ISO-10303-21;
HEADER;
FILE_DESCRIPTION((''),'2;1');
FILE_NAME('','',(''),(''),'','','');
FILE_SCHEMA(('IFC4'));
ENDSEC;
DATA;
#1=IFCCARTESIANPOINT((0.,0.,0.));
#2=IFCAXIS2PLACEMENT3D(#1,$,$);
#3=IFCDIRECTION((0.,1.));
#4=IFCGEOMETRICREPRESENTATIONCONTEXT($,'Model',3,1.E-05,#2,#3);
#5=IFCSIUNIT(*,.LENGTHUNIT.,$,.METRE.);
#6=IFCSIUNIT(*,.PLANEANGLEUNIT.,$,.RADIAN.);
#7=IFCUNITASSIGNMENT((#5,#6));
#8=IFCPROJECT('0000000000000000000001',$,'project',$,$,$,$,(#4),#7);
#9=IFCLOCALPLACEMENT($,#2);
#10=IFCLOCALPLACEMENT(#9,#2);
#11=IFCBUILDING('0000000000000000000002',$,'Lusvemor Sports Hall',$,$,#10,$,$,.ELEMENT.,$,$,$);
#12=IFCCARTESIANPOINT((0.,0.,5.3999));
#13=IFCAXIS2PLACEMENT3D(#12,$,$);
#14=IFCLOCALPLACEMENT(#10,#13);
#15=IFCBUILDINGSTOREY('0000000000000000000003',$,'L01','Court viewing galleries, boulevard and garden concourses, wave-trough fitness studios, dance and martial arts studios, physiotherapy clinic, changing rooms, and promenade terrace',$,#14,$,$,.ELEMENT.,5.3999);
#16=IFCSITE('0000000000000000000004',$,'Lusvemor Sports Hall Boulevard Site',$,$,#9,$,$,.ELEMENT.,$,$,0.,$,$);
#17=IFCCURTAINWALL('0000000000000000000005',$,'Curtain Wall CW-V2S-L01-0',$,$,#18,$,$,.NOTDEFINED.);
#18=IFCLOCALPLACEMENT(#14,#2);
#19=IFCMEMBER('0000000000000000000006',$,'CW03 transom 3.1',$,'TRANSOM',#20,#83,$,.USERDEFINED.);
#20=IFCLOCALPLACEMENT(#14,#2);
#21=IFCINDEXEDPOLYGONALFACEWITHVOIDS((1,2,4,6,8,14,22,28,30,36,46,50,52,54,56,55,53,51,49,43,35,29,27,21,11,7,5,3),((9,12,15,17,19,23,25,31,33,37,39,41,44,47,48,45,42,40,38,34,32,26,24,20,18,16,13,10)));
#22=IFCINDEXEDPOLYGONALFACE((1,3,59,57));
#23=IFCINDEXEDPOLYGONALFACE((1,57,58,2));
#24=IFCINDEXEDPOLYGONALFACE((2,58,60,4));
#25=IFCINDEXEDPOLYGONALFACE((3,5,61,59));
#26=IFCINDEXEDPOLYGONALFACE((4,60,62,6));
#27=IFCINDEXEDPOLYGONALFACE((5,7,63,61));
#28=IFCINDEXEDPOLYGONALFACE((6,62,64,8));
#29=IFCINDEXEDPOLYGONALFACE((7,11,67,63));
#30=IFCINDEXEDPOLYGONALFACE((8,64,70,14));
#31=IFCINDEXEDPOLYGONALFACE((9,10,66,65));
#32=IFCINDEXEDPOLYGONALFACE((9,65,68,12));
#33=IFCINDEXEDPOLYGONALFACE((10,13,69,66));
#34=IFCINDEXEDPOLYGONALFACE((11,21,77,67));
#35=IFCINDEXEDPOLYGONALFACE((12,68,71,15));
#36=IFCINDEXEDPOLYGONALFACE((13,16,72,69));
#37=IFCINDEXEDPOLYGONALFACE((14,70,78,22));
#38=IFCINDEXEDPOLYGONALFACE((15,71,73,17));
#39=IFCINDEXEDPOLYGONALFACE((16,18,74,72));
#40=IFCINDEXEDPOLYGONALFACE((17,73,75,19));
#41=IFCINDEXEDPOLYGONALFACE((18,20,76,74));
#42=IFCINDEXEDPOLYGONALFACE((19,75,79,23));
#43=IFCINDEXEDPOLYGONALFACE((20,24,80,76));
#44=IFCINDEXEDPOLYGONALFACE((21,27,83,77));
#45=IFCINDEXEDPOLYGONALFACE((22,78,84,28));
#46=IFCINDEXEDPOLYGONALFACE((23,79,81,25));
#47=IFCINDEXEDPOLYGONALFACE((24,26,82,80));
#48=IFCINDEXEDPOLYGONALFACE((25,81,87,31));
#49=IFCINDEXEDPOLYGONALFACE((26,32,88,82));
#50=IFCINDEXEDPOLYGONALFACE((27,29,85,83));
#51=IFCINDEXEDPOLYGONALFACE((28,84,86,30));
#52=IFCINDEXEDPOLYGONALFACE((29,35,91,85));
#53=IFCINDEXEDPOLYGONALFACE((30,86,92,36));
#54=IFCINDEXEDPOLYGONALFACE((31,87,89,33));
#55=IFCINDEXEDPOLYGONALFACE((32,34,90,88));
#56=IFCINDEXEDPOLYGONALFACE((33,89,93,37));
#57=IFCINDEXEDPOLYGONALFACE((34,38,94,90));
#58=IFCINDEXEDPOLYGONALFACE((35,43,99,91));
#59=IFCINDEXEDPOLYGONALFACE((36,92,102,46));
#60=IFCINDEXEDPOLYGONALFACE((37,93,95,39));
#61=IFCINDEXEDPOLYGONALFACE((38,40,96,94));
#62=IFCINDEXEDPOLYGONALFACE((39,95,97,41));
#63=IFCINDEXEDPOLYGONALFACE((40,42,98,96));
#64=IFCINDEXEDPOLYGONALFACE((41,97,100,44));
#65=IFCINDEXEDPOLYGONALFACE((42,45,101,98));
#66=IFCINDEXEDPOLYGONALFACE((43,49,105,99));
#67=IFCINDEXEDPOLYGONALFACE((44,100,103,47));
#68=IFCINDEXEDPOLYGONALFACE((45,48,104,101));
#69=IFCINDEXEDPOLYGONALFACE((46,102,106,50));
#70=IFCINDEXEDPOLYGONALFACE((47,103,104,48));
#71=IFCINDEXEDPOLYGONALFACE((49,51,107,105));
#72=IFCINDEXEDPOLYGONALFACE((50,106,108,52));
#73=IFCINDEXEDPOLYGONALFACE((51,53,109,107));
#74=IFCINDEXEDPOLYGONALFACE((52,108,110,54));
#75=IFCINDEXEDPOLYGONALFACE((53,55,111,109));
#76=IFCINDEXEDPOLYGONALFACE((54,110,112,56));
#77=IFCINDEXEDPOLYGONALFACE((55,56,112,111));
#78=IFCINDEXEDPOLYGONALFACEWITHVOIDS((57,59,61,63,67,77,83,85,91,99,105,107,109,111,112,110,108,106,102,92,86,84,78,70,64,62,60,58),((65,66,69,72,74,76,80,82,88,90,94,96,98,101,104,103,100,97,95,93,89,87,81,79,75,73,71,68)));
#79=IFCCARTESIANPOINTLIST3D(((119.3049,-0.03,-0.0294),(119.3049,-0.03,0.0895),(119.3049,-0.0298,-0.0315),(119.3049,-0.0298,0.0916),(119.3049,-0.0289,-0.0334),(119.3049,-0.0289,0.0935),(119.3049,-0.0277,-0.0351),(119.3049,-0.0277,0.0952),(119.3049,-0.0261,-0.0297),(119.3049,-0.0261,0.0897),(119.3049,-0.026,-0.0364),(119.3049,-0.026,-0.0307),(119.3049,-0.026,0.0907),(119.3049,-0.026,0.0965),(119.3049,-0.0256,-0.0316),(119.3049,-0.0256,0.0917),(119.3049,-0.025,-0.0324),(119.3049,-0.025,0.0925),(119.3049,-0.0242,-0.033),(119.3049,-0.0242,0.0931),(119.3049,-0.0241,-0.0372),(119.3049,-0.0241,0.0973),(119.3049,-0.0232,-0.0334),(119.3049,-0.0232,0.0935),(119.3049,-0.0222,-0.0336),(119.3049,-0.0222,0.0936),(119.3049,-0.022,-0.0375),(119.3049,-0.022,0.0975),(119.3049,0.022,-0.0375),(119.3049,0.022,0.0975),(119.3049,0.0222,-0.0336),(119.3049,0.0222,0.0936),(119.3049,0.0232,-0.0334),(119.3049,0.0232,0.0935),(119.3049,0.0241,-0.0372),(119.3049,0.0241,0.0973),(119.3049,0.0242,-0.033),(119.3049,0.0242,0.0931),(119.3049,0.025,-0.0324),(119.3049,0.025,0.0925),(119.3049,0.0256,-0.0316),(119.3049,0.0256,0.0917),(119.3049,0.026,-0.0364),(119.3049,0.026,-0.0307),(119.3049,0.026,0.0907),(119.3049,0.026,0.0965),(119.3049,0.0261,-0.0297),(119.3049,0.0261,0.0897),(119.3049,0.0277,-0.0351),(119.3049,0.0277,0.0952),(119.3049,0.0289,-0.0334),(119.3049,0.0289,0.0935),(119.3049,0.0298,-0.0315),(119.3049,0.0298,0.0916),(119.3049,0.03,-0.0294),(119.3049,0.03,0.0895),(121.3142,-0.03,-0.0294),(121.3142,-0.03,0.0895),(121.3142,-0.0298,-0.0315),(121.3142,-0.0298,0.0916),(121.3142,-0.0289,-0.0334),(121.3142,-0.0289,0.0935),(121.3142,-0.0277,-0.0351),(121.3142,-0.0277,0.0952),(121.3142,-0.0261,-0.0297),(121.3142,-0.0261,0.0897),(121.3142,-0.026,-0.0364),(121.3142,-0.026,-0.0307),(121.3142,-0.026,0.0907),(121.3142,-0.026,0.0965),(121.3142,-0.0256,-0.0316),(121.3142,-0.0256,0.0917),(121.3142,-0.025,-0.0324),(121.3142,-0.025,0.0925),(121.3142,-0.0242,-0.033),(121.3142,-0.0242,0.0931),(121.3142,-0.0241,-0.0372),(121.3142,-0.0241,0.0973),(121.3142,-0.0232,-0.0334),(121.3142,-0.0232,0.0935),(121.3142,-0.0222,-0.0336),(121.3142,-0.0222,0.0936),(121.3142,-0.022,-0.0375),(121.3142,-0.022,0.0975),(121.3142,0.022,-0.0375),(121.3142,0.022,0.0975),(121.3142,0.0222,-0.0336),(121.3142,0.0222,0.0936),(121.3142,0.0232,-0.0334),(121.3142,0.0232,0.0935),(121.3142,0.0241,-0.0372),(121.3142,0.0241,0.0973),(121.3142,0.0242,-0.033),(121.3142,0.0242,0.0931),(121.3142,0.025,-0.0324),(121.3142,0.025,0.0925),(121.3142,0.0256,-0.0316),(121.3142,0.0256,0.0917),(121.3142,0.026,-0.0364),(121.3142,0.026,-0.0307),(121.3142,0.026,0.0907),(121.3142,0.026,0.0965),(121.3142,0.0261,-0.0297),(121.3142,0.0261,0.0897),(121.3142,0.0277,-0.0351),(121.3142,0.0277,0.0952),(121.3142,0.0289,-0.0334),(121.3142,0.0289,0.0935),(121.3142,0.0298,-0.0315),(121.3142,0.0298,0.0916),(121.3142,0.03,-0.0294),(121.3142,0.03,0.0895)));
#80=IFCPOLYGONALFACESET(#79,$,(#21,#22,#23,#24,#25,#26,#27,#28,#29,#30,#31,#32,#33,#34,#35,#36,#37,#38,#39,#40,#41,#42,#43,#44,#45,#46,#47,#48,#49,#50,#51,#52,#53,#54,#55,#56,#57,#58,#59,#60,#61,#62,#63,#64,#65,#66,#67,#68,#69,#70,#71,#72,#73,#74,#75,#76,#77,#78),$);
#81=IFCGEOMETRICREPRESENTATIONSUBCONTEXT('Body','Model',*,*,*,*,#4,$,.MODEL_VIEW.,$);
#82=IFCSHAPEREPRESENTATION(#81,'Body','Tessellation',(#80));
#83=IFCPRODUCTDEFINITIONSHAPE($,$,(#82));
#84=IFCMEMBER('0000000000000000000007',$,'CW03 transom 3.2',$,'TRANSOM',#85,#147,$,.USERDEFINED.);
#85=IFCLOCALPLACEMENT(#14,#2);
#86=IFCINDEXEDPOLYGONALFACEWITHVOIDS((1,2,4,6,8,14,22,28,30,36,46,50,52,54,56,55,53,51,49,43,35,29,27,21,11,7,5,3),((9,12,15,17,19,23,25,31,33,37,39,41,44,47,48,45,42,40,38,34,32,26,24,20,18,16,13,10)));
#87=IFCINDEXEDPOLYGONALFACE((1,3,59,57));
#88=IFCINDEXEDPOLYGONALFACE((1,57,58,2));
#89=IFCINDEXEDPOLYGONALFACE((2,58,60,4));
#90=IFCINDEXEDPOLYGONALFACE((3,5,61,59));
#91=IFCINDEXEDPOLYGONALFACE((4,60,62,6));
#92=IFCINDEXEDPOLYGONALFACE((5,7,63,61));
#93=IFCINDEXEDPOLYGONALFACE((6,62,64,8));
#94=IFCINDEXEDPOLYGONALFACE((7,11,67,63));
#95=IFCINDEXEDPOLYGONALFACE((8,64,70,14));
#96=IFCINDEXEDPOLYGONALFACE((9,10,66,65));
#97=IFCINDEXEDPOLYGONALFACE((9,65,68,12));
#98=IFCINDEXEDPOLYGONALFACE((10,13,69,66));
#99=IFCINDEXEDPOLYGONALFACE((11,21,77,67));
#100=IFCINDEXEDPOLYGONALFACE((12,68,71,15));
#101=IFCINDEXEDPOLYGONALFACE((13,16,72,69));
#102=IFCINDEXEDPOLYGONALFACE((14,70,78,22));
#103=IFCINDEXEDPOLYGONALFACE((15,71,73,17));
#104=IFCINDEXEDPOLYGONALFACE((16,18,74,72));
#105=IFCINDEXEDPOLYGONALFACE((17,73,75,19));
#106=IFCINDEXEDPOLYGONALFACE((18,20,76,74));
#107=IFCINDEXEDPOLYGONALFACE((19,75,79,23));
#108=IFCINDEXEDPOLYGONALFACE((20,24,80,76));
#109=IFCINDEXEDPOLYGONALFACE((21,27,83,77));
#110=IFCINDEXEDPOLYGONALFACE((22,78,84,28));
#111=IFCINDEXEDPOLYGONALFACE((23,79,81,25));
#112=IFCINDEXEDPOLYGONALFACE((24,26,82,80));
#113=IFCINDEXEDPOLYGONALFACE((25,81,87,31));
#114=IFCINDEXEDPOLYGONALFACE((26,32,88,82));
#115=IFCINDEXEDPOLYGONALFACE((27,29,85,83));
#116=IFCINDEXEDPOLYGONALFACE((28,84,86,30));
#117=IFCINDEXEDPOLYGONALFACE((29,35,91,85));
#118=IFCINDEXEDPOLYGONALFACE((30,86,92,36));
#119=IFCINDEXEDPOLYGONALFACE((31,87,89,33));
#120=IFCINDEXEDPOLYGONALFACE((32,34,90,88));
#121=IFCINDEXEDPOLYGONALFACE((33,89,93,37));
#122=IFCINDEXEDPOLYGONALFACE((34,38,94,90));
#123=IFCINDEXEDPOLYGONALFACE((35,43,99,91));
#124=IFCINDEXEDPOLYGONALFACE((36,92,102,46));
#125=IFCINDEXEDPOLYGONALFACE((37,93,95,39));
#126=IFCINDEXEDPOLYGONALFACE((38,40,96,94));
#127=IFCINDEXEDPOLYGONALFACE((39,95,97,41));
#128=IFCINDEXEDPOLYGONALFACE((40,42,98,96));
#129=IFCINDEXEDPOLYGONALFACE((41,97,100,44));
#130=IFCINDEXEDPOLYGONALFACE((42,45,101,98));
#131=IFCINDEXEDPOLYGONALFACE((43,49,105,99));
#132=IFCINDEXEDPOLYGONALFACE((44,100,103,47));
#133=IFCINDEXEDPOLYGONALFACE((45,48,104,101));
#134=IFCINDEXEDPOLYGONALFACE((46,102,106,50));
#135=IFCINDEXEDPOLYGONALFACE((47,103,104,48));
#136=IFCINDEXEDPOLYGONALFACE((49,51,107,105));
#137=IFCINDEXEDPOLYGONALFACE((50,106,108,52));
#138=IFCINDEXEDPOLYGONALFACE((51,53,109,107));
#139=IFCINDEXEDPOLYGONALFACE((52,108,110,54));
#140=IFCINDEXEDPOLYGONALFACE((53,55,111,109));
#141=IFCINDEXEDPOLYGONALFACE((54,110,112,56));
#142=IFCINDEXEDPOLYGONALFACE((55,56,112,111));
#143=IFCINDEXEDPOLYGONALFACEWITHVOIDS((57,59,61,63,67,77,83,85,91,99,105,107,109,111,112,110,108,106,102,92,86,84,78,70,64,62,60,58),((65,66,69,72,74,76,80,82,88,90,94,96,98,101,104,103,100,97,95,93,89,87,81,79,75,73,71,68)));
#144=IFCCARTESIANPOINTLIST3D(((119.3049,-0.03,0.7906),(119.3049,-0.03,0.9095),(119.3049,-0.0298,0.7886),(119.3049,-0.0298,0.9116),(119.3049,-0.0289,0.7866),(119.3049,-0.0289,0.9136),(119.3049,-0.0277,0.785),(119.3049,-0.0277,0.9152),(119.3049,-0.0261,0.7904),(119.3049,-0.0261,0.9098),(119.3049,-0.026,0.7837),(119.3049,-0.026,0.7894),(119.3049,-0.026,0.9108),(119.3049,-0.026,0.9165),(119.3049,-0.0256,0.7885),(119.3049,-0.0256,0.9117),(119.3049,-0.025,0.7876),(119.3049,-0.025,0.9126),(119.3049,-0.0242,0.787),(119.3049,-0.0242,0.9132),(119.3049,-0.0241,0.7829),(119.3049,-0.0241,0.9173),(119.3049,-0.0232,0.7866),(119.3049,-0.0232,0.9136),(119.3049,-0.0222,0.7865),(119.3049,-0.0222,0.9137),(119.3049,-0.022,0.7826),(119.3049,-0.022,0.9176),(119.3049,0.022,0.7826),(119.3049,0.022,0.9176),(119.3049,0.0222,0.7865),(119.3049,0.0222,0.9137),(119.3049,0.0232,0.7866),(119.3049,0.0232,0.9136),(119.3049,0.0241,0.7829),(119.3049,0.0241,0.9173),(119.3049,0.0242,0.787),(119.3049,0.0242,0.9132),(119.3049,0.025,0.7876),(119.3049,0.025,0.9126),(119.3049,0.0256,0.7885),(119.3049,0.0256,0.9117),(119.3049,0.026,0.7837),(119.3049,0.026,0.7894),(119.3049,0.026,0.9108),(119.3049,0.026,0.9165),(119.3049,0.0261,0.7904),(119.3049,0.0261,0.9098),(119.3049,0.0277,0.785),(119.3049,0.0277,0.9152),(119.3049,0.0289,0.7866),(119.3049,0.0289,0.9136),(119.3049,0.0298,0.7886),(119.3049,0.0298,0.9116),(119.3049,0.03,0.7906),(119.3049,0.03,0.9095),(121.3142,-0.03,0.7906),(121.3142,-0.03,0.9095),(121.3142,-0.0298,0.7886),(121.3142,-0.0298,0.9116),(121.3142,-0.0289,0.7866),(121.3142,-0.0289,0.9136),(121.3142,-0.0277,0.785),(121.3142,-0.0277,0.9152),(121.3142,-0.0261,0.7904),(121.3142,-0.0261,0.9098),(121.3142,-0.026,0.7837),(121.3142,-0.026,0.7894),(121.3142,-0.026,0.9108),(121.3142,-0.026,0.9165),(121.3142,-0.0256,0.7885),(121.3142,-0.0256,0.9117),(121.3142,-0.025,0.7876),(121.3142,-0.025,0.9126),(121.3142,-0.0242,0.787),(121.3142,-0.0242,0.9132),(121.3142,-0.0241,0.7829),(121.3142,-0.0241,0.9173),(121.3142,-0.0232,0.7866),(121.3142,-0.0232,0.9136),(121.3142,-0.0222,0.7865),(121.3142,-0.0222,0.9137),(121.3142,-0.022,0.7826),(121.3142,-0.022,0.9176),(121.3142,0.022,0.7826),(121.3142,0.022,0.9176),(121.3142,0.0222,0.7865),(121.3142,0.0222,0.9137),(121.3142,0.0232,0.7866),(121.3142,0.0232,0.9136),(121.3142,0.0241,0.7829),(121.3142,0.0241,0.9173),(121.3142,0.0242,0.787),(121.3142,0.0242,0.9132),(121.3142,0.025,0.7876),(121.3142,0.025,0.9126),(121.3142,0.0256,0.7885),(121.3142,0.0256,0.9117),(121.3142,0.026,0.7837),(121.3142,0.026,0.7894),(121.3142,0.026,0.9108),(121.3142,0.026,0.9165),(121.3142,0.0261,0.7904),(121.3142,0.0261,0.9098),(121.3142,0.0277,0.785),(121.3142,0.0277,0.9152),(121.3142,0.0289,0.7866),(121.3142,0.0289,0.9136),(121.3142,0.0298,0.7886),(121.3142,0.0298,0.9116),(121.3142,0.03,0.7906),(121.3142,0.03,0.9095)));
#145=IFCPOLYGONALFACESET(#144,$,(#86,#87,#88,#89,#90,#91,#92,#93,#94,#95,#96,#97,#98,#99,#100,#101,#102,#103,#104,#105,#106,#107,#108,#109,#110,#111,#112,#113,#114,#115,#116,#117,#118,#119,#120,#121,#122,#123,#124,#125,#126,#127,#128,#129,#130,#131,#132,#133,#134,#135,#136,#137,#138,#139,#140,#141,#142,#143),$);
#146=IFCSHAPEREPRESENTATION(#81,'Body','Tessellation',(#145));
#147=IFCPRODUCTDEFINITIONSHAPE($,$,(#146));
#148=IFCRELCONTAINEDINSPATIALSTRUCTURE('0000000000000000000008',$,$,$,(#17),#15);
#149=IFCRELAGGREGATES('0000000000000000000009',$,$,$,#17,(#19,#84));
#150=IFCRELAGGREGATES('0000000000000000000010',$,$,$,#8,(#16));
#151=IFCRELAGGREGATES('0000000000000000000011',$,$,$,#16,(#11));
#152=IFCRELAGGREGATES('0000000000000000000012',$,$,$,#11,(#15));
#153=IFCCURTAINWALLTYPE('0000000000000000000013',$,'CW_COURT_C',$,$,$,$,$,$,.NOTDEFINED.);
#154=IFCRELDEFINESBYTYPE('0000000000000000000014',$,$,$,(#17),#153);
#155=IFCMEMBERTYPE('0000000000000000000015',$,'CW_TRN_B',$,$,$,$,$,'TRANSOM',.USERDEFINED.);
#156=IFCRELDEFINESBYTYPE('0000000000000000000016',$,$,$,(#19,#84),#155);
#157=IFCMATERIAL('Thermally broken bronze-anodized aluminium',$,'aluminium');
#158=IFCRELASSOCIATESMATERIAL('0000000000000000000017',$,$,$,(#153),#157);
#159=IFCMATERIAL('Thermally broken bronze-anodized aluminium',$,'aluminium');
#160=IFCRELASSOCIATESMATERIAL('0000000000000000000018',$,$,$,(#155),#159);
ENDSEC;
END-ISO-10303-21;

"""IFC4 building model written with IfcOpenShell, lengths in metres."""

from ifc_helpers import new_model, si_unit, direction, frame, origin, origin_2d, place, context, subcontext, project, spatial, hollow_rectangle, extrude, material, material_profile, profile_set, type_object, element, aggregate, save


model = new_model("IFC4")

# Units and contexts
model_context = context("Model", 3, precision=1e-05, world=origin(), true_north=direction((0.0, 1.0)))
body_context = subcontext(model_context, "Body", "Model", "MODEL_VIEW")
ifc_project = project(units=[si_unit("LENGTHUNIT", "METRE"), si_unit("PLANEANGLEUNIT", "RADIAN")], contexts=[model_context])

# Site, building, storey
site_placement = place(None, origin())
site = spatial("IfcSite", under=ifc_project, at=site_placement, Name="Lusvemor Sports Hall Boulevard Site", CompositionType="ELEMENT", RefElevation=0.0)
building_placement = place(site_placement, origin())
building = spatial("IfcBuilding", under=site, at=building_placement, Name="Lusvemor Sports Hall", CompositionType="ELEMENT")
storey_placement = place(building_placement, frame((0.0, 0.0, 5.3999)))
storey = spatial("IfcBuildingStorey", under=building, at=storey_placement, Name="L01", Description="Court viewing galleries, boulevard and garden concourses, wave-trough fitness studios, dance and martial arts studios, physiotherapy clinic, changing rooms, and promenade terrace", CompositionType="ELEMENT", Elevation=5.3999)

# Curtain wall, members
ifc_material_1 = material(Name="Thermally broken bronze-anodized aluminium", Category="aluminium")
curtain_wall_type = type_object("IfcCurtainWallType", Name="CW_COURT_C", PredefinedType="NOTDEFINED", material=ifc_material_1)
curtain_wall_placement = place(storey_placement, origin())
curtain_wall = element("IfcCurtainWall", 1, at=curtain_wall_placement, inside=storey, type_object=curtain_wall_type, Name="Curtain Wall CW-V2S-L01-0", PredefinedType="NOTDEFINED")
ifc_material_2 = material(Name="Thermally broken bronze-anodized aluminium", Category="aluminium")
ifc_material_profile_1 = material_profile(ifc_material_2, hollow_rectangle(XDim=0.0601, YDim=0.135, WallThickness=0.0039, InnerFilletRadius=0.0039, OuterFilletRadius=0.0081, at=origin_2d()), Name="CWTRN135x60x4")
ifc_profile_set_1 = profile_set([ifc_material_profile_1], Name="Thermally broken bronze-anodized aluminium")
member_type_1 = type_object("IfcMemberType", Name="CW_TRN_B", ElementType="TRANSOM", PredefinedType="USERDEFINED", material=ifc_profile_set_1)
member_1_placement = place(storey_placement, frame((121.3142, 0.0, 0.03), z_axis=(-1.0, 0.0, 0.0), x_axis=(0.0, -1.0, 0.0)))
member_1 = element("IfcMember", 2, at=member_1_placement, type_object=member_type_1, Name="CW03 transom 3.1", ObjectType="TRANSOM", PredefinedType="USERDEFINED", context=body_context, shape_type="SweptSolid", body=[
    extrude(hollow_rectangle(XDim=0.0601, YDim=0.135, WallThickness=0.0039, InnerFilletRadius=0.0039, OuterFilletRadius=0.0081, at=origin_2d()), origin(), (0.0, 0.0, 1.0), 2.0093),
])
member_2_placement = place(storey_placement, frame((121.3142, 0.0, 0.8501), z_axis=(-1.0, 0.0, 0.0), x_axis=(0.0, -1.0, 0.0)))
member_2 = element("IfcMember", 3, at=member_2_placement, type_object=member_type_1, Name="CW03 transom 3.2", ObjectType="TRANSOM", PredefinedType="USERDEFINED", context=body_context, shape_type="SweptSolid", body=[
    extrude(hollow_rectangle(XDim=0.0601, YDim=0.135, WallThickness=0.0039, InnerFilletRadius=0.0039, OuterFilletRadius=0.0081, at=origin_2d()), origin(), (0.0, 0.0, 1.0), 2.0093),
])

aggregate(curtain_wall, [member_1, member_2])

save(model, "model.ifc")
